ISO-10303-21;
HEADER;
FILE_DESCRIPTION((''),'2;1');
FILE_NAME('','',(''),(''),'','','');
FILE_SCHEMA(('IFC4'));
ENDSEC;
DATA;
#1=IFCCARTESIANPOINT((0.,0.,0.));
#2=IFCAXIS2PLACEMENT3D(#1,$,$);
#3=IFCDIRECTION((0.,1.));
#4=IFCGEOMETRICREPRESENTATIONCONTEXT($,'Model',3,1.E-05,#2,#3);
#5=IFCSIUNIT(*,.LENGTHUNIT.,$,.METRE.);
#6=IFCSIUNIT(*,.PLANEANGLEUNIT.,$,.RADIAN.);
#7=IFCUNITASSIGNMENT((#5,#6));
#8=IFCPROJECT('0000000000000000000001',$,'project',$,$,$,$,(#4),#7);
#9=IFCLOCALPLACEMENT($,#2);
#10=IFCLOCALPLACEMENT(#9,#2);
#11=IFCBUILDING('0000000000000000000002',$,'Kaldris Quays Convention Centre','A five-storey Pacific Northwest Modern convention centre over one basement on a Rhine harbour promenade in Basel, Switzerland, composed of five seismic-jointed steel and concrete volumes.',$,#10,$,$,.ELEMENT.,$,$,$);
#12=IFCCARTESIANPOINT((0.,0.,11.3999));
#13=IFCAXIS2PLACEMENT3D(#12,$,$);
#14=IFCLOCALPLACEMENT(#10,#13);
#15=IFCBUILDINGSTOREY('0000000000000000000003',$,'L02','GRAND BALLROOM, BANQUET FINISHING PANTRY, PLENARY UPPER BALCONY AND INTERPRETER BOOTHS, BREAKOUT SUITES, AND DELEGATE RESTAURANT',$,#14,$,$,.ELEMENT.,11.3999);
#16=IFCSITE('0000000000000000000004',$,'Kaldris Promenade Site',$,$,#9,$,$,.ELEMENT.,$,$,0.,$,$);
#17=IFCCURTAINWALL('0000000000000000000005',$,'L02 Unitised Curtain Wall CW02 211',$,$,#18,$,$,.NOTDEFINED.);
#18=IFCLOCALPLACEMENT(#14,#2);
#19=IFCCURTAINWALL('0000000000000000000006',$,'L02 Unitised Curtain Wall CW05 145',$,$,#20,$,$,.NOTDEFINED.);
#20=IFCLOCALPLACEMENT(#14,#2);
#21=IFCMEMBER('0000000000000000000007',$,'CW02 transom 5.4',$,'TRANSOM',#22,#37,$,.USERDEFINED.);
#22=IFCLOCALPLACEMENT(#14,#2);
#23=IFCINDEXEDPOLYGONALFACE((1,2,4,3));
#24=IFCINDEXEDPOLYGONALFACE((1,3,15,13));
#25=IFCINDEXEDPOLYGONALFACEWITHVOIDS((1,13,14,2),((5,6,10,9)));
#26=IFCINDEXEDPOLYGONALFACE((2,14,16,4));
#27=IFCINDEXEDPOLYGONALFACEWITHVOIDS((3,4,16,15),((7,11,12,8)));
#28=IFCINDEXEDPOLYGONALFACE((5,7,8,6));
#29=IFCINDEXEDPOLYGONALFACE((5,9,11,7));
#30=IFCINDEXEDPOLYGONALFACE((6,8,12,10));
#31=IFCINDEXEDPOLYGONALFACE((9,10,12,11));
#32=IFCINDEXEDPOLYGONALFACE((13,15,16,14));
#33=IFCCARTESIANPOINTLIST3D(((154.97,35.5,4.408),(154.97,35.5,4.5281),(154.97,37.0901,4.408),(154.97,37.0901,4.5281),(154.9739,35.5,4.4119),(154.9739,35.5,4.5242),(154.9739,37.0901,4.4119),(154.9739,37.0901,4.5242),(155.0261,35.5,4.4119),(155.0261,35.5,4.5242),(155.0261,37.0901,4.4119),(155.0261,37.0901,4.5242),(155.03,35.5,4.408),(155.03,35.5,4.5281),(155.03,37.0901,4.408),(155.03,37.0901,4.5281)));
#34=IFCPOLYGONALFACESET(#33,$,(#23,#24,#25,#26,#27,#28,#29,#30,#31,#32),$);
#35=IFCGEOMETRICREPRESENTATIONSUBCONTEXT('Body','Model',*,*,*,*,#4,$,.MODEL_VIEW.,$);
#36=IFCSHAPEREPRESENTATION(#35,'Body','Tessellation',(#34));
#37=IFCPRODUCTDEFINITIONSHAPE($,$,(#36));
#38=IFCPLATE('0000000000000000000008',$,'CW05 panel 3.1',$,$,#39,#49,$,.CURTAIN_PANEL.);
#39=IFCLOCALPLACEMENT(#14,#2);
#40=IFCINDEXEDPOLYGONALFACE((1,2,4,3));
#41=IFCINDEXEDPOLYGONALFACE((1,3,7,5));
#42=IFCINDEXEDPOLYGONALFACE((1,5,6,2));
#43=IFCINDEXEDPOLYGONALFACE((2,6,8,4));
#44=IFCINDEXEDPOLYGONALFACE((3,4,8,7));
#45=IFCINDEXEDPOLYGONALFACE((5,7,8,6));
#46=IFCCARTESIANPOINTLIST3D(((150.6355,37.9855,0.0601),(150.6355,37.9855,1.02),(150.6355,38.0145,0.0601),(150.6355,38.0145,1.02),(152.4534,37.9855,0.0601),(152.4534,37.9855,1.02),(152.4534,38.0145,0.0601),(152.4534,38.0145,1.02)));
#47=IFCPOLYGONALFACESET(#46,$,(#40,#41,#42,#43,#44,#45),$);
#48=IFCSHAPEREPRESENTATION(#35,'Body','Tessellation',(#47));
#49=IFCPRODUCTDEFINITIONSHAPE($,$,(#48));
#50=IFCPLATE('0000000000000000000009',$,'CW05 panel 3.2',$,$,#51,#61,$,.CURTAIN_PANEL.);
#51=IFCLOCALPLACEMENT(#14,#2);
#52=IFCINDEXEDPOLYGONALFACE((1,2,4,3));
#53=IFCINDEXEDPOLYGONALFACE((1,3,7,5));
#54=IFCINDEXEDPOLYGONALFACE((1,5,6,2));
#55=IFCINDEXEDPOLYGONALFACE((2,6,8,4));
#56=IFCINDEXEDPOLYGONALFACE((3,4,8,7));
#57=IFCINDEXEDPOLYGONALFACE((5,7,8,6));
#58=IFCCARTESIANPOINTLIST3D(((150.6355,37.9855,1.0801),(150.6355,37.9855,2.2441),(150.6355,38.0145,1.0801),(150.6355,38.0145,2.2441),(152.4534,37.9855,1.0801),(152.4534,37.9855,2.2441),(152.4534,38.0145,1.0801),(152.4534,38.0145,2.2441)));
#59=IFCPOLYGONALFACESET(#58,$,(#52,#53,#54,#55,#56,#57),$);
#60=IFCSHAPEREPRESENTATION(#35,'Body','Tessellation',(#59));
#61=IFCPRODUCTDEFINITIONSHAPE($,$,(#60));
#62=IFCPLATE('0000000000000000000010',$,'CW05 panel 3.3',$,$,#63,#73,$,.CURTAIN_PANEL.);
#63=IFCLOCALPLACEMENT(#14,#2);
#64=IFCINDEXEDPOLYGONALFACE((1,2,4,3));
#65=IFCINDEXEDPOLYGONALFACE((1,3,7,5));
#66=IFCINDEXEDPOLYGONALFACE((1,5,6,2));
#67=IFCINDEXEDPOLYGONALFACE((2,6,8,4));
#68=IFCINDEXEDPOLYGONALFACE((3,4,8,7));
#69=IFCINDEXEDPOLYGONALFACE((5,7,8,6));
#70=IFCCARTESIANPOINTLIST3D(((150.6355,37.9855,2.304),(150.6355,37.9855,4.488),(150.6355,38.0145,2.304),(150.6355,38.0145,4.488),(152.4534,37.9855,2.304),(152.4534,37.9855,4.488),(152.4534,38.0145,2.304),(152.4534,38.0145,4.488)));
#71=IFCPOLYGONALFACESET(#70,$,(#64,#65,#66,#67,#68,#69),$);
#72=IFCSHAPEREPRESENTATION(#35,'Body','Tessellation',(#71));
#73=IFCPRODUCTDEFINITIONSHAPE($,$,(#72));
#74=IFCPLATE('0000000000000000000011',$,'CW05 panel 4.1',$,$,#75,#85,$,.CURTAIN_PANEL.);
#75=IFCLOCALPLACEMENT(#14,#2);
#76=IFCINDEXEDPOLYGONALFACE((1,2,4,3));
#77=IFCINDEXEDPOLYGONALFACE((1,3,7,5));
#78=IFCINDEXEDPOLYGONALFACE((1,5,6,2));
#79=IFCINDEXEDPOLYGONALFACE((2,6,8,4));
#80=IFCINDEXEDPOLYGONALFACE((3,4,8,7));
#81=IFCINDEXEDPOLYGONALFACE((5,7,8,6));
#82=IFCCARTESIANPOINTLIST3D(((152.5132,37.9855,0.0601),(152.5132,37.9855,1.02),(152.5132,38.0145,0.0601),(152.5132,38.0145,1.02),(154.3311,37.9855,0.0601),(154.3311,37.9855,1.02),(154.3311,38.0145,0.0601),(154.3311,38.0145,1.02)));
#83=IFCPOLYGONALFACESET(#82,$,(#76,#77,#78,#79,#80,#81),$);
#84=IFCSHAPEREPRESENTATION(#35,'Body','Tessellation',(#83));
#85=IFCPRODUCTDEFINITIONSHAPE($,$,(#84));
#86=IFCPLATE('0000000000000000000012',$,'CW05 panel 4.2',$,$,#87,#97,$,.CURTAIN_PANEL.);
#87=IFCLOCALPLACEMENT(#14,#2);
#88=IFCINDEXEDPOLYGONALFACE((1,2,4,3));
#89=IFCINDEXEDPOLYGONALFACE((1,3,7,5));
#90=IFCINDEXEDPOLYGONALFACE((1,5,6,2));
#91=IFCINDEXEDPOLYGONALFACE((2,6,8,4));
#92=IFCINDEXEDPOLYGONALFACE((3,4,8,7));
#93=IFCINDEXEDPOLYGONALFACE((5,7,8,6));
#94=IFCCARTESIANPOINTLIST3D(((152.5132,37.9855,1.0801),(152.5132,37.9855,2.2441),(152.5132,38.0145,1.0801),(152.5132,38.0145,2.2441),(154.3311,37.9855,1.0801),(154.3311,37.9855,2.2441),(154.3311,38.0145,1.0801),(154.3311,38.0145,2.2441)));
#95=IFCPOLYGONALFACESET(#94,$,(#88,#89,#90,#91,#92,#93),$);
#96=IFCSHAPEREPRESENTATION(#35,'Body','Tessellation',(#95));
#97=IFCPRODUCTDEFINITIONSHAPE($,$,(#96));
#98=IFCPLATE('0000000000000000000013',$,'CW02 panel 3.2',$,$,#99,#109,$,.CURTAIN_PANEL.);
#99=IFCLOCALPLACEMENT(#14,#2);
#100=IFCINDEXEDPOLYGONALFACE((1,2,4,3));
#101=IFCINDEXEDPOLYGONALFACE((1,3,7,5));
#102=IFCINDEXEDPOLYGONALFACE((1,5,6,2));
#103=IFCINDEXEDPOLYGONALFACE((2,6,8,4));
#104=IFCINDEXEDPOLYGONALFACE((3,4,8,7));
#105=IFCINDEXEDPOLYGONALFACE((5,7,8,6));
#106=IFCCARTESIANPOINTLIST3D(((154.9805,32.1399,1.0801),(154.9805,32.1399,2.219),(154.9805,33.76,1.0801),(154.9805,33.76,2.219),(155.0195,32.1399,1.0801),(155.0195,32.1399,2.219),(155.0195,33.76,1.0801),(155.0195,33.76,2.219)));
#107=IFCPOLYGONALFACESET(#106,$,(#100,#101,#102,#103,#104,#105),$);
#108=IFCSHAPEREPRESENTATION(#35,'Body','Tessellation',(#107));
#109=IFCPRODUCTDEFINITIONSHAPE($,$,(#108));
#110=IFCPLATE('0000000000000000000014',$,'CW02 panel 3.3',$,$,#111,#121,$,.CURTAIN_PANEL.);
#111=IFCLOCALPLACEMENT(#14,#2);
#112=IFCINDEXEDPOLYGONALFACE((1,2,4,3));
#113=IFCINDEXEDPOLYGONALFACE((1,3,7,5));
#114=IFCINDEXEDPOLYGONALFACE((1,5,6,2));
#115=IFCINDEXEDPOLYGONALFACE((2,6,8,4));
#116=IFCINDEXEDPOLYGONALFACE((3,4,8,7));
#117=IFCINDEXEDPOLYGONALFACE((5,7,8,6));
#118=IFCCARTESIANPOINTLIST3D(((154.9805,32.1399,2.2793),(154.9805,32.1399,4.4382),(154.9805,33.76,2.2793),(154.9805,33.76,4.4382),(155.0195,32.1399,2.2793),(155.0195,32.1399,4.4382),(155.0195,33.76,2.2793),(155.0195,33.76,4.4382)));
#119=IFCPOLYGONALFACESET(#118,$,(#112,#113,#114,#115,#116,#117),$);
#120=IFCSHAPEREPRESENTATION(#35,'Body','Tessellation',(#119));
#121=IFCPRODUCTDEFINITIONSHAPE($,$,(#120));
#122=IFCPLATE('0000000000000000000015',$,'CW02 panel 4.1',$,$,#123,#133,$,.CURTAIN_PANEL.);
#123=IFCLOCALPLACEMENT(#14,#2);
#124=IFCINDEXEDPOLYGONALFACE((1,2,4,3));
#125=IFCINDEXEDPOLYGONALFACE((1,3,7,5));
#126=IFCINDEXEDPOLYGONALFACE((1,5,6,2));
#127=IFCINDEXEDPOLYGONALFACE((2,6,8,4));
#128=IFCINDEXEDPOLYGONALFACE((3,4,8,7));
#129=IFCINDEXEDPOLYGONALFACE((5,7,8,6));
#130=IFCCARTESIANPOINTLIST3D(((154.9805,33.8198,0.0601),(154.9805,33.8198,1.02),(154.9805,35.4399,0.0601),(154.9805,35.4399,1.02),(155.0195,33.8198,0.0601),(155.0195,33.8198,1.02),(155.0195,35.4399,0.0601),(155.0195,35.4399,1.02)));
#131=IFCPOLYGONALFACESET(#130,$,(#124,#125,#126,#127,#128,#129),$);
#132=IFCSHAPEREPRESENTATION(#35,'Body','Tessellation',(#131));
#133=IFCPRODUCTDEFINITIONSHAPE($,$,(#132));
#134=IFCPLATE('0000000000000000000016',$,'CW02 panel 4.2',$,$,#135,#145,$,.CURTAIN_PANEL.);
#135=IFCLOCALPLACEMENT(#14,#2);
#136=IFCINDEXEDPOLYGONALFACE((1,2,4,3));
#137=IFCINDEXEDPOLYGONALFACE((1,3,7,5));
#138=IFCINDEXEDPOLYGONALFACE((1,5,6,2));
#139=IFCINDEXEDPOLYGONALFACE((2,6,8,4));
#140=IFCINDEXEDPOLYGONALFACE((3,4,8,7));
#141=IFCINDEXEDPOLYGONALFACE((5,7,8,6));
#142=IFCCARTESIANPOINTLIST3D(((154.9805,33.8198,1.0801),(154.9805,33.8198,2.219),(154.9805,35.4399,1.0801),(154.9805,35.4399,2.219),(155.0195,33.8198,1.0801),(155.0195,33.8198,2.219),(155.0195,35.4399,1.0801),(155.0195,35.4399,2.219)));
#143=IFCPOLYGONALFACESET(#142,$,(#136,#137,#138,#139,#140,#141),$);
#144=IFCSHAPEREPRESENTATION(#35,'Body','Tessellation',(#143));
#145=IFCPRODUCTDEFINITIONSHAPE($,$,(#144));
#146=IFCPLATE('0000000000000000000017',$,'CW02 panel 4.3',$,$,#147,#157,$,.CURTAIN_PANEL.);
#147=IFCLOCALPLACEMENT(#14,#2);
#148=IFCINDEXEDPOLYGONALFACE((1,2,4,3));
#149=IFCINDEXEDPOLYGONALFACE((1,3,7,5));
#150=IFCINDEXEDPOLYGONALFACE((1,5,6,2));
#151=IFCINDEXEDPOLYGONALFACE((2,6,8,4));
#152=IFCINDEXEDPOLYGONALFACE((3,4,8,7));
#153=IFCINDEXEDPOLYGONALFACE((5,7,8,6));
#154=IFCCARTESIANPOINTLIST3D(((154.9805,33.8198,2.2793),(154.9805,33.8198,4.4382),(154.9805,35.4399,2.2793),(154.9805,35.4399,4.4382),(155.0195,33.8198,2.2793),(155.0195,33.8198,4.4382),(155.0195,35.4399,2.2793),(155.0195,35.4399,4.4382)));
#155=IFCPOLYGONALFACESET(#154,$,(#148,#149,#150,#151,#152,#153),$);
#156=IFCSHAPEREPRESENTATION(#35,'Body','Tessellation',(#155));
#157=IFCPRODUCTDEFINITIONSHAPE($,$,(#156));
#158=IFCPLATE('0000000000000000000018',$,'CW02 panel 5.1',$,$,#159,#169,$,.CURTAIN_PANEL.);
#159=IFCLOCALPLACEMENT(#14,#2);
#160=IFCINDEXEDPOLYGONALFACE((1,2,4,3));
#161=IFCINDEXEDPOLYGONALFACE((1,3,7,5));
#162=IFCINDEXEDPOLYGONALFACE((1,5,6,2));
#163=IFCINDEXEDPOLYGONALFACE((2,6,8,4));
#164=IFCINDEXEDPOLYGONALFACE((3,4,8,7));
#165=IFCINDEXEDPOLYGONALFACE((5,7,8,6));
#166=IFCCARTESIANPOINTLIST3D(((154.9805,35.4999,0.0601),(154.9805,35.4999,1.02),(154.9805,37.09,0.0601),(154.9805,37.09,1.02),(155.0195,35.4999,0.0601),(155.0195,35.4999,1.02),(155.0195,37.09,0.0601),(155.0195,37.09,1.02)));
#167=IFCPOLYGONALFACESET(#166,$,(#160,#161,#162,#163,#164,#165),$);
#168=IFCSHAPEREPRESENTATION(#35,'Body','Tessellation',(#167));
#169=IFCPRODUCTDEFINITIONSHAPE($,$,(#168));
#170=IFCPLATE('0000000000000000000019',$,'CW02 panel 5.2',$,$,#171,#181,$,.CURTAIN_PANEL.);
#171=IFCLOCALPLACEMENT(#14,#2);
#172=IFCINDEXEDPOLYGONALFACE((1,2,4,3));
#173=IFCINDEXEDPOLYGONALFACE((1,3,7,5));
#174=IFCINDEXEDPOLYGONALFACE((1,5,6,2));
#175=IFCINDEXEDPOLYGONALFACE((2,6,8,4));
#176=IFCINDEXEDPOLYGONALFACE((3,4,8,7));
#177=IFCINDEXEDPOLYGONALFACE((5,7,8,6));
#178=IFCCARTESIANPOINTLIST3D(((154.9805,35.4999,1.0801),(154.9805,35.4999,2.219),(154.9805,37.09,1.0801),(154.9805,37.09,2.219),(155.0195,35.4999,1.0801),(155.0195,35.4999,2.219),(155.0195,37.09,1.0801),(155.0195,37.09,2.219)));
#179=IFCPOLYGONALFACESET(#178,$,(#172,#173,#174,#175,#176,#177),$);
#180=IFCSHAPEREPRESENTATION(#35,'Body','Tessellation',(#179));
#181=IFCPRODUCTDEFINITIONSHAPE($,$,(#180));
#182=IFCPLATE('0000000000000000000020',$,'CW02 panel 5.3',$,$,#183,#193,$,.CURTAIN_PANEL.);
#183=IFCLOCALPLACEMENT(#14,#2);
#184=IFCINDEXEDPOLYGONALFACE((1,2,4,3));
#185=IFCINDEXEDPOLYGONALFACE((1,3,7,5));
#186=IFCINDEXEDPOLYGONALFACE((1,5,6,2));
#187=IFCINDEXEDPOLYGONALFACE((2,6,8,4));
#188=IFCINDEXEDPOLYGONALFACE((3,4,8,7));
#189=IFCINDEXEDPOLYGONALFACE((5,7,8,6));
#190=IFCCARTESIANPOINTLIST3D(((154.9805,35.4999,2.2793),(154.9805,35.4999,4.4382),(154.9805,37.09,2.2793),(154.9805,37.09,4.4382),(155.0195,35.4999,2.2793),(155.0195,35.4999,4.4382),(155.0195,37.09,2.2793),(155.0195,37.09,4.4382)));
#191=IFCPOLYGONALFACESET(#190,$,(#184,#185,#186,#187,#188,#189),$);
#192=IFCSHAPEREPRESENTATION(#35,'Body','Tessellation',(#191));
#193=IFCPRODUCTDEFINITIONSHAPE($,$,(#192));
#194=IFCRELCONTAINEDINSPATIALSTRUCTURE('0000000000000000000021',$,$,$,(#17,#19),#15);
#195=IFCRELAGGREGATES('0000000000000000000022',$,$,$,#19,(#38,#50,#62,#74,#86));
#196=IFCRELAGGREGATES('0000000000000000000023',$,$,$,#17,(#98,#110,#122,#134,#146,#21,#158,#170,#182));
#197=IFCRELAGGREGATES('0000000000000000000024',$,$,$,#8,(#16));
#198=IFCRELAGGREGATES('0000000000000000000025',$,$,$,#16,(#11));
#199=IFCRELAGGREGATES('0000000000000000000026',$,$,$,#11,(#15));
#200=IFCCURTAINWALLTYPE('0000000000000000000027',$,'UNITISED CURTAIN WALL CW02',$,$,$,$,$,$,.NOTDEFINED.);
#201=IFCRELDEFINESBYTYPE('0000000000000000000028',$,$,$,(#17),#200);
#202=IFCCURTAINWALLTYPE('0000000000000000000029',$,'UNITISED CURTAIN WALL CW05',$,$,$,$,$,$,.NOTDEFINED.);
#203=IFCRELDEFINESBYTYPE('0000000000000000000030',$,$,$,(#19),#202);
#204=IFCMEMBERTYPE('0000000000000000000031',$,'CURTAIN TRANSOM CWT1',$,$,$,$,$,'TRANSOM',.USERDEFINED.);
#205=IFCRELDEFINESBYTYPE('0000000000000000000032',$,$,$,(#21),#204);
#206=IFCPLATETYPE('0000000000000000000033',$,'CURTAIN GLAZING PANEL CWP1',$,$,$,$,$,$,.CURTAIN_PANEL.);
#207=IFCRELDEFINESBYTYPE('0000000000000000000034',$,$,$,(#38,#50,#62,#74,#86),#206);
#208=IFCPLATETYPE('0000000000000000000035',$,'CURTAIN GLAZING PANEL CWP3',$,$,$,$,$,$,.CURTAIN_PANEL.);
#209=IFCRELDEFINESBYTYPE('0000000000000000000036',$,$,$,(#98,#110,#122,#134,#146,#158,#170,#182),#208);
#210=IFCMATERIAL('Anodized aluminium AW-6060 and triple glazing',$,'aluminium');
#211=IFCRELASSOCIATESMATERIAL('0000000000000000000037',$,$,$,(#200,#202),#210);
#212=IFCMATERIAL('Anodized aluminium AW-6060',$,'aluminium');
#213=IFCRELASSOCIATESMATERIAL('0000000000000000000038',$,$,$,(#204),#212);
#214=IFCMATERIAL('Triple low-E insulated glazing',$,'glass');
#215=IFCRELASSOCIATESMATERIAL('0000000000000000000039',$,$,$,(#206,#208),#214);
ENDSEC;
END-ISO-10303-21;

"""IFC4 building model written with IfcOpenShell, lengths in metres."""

from ifc_helpers import new_model, si_unit, direction, frame, origin, origin_2d, place, context, subcontext, project, spatial, rectangle, hollow_rectangle, extrude, material, material_profile, profile_set, type_object, element, aggregate, save


model = new_model("IFC4")

# Units and contexts
model_context = context("Model", 3, precision=1e-05, world=origin(), true_north=direction((0.0, 1.0)))
body_context = subcontext(model_context, "Body", "Model", "MODEL_VIEW")
ifc_project = project(units=[si_unit("LENGTHUNIT", "METRE"), si_unit("PLANEANGLEUNIT", "RADIAN")], contexts=[model_context])

# Site, building, storey
site_placement = place(None, origin())
site = spatial("IfcSite", under=ifc_project, at=site_placement, Name="Kaldris Promenade Site", CompositionType="ELEMENT", RefElevation=0.0)
building_placement = place(site_placement, origin())
building = spatial("IfcBuilding", under=site, at=building_placement, Name="Kaldris Quays Convention Centre", Description="A five-storey Pacific Northwest Modern convention centre over one basement on a Rhine harbour promenade in Basel, Switzerland, composed of five seismic-jointed steel and concrete volumes.", CompositionType="ELEMENT")
storey_placement = place(building_placement, frame((0.0, 0.0, 11.3999)))
storey = spatial("IfcBuildingStorey", under=building, at=storey_placement, Name="L02", Description="GRAND BALLROOM, BANQUET FINISHING PANTRY, PLENARY UPPER BALCONY AND INTERPRETER BOOTHS, BREAKOUT SUITES, AND DELEGATE RESTAURANT", CompositionType="ELEMENT", Elevation=11.3999)

# Curtain walls
ifc_material_1 = material(Name="Anodized aluminium AW-6060 and triple glazing", Category="aluminium")
curtain_wall_type_1 = type_object("IfcCurtainWallType", Name="UNITISED CURTAIN WALL CW02", PredefinedType="NOTDEFINED", material=ifc_material_1)
curtain_wall_1_placement = place(storey_placement, origin())
curtain_wall_1 = element("IfcCurtainWall", 1, at=curtain_wall_1_placement, inside=storey, type_object=curtain_wall_type_1, Name="L02 Unitised Curtain Wall CW02 211", PredefinedType="NOTDEFINED")
ifc_material_2 = material(Name="Anodized aluminium AW-6060", Category="aluminium")
curtain_wall_type_2 = type_object("IfcCurtainWallType", Name="UNITISED CURTAIN WALL CW05", PredefinedType="NOTDEFINED", material=ifc_material_1)
curtain_wall_2_placement = place(storey_placement, origin())
curtain_wall_2 = element("IfcCurtainWall", 2, at=curtain_wall_2_placement, inside=storey, type_object=curtain_wall_type_2, Name="L02 Unitised Curtain Wall CW05 145", PredefinedType="NOTDEFINED")
ifc_material_profile_1 = material_profile(ifc_material_2, hollow_rectangle(XDim=0.0601, YDim=0.1201, WallThickness=0.0039, at=origin_2d()), Name="RHS 120x60x4")
ifc_profile_set_1 = profile_set([ifc_material_profile_1], Name="Anodized aluminium AW-6060")
member_type_1 = type_object("IfcMemberType", Name="CURTAIN TRANSOM CWT1", ElementType="TRANSOM", PredefinedType="USERDEFINED", material=ifc_profile_set_1)

# Member
member_1_placement = place(storey_placement, frame((155.0, 35.5, 4.468), z_axis=(0.0, 1.0, 0.0), x_axis=(-1.0, 0.0, 0.0)))
member_1 = element("IfcMember", 3, at=member_1_placement, type_object=member_type_1, Name="CW02 transom 5.4", ObjectType="TRANSOM", PredefinedType="USERDEFINED", context=body_context, shape_type="SweptSolid", body=[
    extrude(hollow_rectangle(XDim=0.0601, YDim=0.1201, WallThickness=0.0039, at=origin_2d()), origin(), (0.0, 0.0, 1.0), 1.5901),
])

# Plates
ifc_material_3 = material(Name="Triple low-E insulated glazing", Category="glass")
plate_type_1 = type_object("IfcPlateType", Name="CURTAIN GLAZING PANEL CWP1", PredefinedType="CURTAIN_PANEL", material=ifc_material_3)
plate_1_placement = place(storey_placement, frame((151.5444, 38.0, 0.0601), z_axis=(0.0, 0.0, 1.0), x_axis=(1.0, 0.0, 0.0)))
plate_1 = element("IfcPlate", 4, at=plate_1_placement, type_object=plate_type_1, Name="CW05 panel 3.1", PredefinedType="CURTAIN_PANEL", context=body_context, shape_type="SweptSolid", body=[
    extrude(rectangle(XDim=1.8179, YDim=0.0291, at=origin_2d()), origin(), (0.0, 0.0, 1.0), 0.96),
])
plate_2_placement = place(storey_placement, frame((151.5444, 38.0, 1.0801), z_axis=(0.0, 0.0, 1.0), x_axis=(1.0, 0.0, 0.0)))
plate_2 = element("IfcPlate", 5, at=plate_2_placement, type_object=plate_type_1, Name="CW05 panel 3.2", PredefinedType="CURTAIN_PANEL", context=body_context, shape_type="SweptSolid", body=[
    extrude(rectangle(XDim=1.8179, YDim=0.0291, at=origin_2d()), origin(), (0.0, 0.0, 1.0), 1.1641),
])
plate_3_placement = place(storey_placement, frame((151.5444, 38.0, 2.304), z_axis=(0.0, 0.0, 1.0), x_axis=(1.0, 0.0, 0.0)))
plate_3 = element("IfcPlate", 6, at=plate_3_placement, type_object=plate_type_1, Name="CW05 panel 3.3", PredefinedType="CURTAIN_PANEL", context=body_context, shape_type="SweptSolid", body=[
    extrude(rectangle(XDim=1.8179, YDim=0.0291, at=origin_2d()), origin(), (0.0, 0.0, 1.0), 2.1841),
])
plate_4_placement = place(storey_placement, frame((153.4221, 38.0, 0.0601), z_axis=(0.0, 0.0, 1.0), x_axis=(1.0, 0.0, 0.0)))
plate_4 = element("IfcPlate", 7, at=plate_4_placement, type_object=plate_type_1, Name="CW05 panel 4.1", PredefinedType="CURTAIN_PANEL", context=body_context, shape_type="SweptSolid", body=[
    extrude(rectangle(XDim=1.8179, YDim=0.0291, at=origin_2d()), origin(), (0.0, 0.0, 1.0), 0.96),
])
plate_5_placement = place(storey_placement, frame((153.4221, 38.0, 1.0801), z_axis=(0.0, 0.0, 1.0), x_axis=(1.0, 0.0, 0.0)))
plate_5 = element("IfcPlate", 8, at=plate_5_placement, type_object=plate_type_1, Name="CW05 panel 4.2", PredefinedType="CURTAIN_PANEL", context=body_context, shape_type="SweptSolid", body=[
    extrude(rectangle(XDim=1.8179, YDim=0.0291, at=origin_2d()), origin(), (0.0, 0.0, 1.0), 1.1641),
])
aggregate(curtain_wall_2, [plate_1, plate_2, plate_3, plate_4, plate_5])
plate_type_2 = type_object("IfcPlateType", Name="CURTAIN GLAZING PANEL CWP3", PredefinedType="CURTAIN_PANEL", material=ifc_material_3)
plate_6_placement = place(storey_placement, frame((155.0, 32.95, 1.0801), z_axis=(0.0, 0.0, 1.0), x_axis=(0.0, 1.0, 0.0)))
plate_6 = element("IfcPlate", 9, at=plate_6_placement, type_object=plate_type_2, Name="CW02 panel 3.2", PredefinedType="CURTAIN_PANEL", context=body_context, shape_type="SweptSolid", body=[
    extrude(rectangle(XDim=1.6201, YDim=0.0391, at=origin_2d()), origin(), (0.0, 0.0, 1.0), 1.1389),
])
plate_7_placement = place(storey_placement, frame((155.0, 32.95, 2.2793), z_axis=(0.0, 0.0, 1.0), x_axis=(0.0, 1.0, 0.0)))
plate_7 = element("IfcPlate", 10, at=plate_7_placement, type_object=plate_type_2, Name="CW02 panel 3.3", PredefinedType="CURTAIN_PANEL", context=body_context, shape_type="SweptSolid", body=[
    extrude(rectangle(XDim=1.6201, YDim=0.0391, at=origin_2d()), origin(), (0.0, 0.0, 1.0), 2.1589),
])
plate_8_placement = place(storey_placement, frame((155.0, 34.6299, 0.0601), z_axis=(0.0, 0.0, 1.0), x_axis=(0.0, 1.0, 0.0)))
plate_8 = element("IfcPlate", 11, at=plate_8_placement, type_object=plate_type_2, Name="CW02 panel 4.1", PredefinedType="CURTAIN_PANEL", context=body_context, shape_type="SweptSolid", body=[
    extrude(rectangle(XDim=1.6201, YDim=0.0391, at=origin_2d()), origin(), (0.0, 0.0, 1.0), 0.96),
])
plate_9_placement = place(storey_placement, frame((155.0, 34.6299, 1.0801), z_axis=(0.0, 0.0, 1.0), x_axis=(0.0, 1.0, 0.0)))
plate_9 = element("IfcPlate", 12, at=plate_9_placement, type_object=plate_type_2, Name="CW02 panel 4.2", PredefinedType="CURTAIN_PANEL", context=body_context, shape_type="SweptSolid", body=[
    extrude(rectangle(XDim=1.6201, YDim=0.0391, at=origin_2d()), origin(), (0.0, 0.0, 1.0), 1.1389),
])
plate_10_placement = place(storey_placement, frame((155.0, 34.6299, 2.2793), z_axis=(0.0, 0.0, 1.0), x_axis=(0.0, 1.0, 0.0)))
plate_10 = element("IfcPlate", 13, at=plate_10_placement, type_object=plate_type_2, Name="CW02 panel 4.3", PredefinedType="CURTAIN_PANEL", context=body_context, shape_type="SweptSolid", body=[
    extrude(rectangle(XDim=1.6201, YDim=0.0391, at=origin_2d()), origin(), (0.0, 0.0, 1.0), 2.1589),
])
plate_11_placement = place(storey_placement, frame((155.0, 36.2949, 0.0601), z_axis=(0.0, 0.0, 1.0), x_axis=(0.0, 1.0, 0.0)))
plate_11 = element("IfcPlate", 14, at=plate_11_placement, type_object=plate_type_2, Name="CW02 panel 5.1", PredefinedType="CURTAIN_PANEL", context=body_context, shape_type="SweptSolid", body=[
    extrude(rectangle(XDim=1.5901, YDim=0.0391, at=origin_2d()), origin(), (0.0, 0.0, 1.0), 0.96),
])
plate_12_placement = place(storey_placement, frame((155.0, 36.2949, 1.0801), z_axis=(0.0, 0.0, 1.0), x_axis=(0.0, 1.0, 0.0)))
plate_12 = element("IfcPlate", 15, at=plate_12_placement, type_object=plate_type_2, Name="CW02 panel 5.2", PredefinedType="CURTAIN_PANEL", context=body_context, shape_type="SweptSolid", body=[
    extrude(rectangle(XDim=1.5901, YDim=0.0391, at=origin_2d()), origin(), (0.0, 0.0, 1.0), 1.1389),
])
plate_13_placement = place(storey_placement, frame((155.0, 36.2949, 2.2793), z_axis=(0.0, 0.0, 1.0), x_axis=(0.0, 1.0, 0.0)))
plate_13 = element("IfcPlate", 16, at=plate_13_placement, type_object=plate_type_2, Name="CW02 panel 5.3", PredefinedType="CURTAIN_PANEL", context=body_context, shape_type="SweptSolid", body=[
    extrude(rectangle(XDim=1.5901, YDim=0.0391, at=origin_2d()), origin(), (0.0, 0.0, 1.0), 2.1589),
])
aggregate(curtain_wall_1, [plate_6, plate_7, plate_8, plate_9, plate_10, member_1, plate_11, plate_12, plate_13])

save(model, "model.ifc")
